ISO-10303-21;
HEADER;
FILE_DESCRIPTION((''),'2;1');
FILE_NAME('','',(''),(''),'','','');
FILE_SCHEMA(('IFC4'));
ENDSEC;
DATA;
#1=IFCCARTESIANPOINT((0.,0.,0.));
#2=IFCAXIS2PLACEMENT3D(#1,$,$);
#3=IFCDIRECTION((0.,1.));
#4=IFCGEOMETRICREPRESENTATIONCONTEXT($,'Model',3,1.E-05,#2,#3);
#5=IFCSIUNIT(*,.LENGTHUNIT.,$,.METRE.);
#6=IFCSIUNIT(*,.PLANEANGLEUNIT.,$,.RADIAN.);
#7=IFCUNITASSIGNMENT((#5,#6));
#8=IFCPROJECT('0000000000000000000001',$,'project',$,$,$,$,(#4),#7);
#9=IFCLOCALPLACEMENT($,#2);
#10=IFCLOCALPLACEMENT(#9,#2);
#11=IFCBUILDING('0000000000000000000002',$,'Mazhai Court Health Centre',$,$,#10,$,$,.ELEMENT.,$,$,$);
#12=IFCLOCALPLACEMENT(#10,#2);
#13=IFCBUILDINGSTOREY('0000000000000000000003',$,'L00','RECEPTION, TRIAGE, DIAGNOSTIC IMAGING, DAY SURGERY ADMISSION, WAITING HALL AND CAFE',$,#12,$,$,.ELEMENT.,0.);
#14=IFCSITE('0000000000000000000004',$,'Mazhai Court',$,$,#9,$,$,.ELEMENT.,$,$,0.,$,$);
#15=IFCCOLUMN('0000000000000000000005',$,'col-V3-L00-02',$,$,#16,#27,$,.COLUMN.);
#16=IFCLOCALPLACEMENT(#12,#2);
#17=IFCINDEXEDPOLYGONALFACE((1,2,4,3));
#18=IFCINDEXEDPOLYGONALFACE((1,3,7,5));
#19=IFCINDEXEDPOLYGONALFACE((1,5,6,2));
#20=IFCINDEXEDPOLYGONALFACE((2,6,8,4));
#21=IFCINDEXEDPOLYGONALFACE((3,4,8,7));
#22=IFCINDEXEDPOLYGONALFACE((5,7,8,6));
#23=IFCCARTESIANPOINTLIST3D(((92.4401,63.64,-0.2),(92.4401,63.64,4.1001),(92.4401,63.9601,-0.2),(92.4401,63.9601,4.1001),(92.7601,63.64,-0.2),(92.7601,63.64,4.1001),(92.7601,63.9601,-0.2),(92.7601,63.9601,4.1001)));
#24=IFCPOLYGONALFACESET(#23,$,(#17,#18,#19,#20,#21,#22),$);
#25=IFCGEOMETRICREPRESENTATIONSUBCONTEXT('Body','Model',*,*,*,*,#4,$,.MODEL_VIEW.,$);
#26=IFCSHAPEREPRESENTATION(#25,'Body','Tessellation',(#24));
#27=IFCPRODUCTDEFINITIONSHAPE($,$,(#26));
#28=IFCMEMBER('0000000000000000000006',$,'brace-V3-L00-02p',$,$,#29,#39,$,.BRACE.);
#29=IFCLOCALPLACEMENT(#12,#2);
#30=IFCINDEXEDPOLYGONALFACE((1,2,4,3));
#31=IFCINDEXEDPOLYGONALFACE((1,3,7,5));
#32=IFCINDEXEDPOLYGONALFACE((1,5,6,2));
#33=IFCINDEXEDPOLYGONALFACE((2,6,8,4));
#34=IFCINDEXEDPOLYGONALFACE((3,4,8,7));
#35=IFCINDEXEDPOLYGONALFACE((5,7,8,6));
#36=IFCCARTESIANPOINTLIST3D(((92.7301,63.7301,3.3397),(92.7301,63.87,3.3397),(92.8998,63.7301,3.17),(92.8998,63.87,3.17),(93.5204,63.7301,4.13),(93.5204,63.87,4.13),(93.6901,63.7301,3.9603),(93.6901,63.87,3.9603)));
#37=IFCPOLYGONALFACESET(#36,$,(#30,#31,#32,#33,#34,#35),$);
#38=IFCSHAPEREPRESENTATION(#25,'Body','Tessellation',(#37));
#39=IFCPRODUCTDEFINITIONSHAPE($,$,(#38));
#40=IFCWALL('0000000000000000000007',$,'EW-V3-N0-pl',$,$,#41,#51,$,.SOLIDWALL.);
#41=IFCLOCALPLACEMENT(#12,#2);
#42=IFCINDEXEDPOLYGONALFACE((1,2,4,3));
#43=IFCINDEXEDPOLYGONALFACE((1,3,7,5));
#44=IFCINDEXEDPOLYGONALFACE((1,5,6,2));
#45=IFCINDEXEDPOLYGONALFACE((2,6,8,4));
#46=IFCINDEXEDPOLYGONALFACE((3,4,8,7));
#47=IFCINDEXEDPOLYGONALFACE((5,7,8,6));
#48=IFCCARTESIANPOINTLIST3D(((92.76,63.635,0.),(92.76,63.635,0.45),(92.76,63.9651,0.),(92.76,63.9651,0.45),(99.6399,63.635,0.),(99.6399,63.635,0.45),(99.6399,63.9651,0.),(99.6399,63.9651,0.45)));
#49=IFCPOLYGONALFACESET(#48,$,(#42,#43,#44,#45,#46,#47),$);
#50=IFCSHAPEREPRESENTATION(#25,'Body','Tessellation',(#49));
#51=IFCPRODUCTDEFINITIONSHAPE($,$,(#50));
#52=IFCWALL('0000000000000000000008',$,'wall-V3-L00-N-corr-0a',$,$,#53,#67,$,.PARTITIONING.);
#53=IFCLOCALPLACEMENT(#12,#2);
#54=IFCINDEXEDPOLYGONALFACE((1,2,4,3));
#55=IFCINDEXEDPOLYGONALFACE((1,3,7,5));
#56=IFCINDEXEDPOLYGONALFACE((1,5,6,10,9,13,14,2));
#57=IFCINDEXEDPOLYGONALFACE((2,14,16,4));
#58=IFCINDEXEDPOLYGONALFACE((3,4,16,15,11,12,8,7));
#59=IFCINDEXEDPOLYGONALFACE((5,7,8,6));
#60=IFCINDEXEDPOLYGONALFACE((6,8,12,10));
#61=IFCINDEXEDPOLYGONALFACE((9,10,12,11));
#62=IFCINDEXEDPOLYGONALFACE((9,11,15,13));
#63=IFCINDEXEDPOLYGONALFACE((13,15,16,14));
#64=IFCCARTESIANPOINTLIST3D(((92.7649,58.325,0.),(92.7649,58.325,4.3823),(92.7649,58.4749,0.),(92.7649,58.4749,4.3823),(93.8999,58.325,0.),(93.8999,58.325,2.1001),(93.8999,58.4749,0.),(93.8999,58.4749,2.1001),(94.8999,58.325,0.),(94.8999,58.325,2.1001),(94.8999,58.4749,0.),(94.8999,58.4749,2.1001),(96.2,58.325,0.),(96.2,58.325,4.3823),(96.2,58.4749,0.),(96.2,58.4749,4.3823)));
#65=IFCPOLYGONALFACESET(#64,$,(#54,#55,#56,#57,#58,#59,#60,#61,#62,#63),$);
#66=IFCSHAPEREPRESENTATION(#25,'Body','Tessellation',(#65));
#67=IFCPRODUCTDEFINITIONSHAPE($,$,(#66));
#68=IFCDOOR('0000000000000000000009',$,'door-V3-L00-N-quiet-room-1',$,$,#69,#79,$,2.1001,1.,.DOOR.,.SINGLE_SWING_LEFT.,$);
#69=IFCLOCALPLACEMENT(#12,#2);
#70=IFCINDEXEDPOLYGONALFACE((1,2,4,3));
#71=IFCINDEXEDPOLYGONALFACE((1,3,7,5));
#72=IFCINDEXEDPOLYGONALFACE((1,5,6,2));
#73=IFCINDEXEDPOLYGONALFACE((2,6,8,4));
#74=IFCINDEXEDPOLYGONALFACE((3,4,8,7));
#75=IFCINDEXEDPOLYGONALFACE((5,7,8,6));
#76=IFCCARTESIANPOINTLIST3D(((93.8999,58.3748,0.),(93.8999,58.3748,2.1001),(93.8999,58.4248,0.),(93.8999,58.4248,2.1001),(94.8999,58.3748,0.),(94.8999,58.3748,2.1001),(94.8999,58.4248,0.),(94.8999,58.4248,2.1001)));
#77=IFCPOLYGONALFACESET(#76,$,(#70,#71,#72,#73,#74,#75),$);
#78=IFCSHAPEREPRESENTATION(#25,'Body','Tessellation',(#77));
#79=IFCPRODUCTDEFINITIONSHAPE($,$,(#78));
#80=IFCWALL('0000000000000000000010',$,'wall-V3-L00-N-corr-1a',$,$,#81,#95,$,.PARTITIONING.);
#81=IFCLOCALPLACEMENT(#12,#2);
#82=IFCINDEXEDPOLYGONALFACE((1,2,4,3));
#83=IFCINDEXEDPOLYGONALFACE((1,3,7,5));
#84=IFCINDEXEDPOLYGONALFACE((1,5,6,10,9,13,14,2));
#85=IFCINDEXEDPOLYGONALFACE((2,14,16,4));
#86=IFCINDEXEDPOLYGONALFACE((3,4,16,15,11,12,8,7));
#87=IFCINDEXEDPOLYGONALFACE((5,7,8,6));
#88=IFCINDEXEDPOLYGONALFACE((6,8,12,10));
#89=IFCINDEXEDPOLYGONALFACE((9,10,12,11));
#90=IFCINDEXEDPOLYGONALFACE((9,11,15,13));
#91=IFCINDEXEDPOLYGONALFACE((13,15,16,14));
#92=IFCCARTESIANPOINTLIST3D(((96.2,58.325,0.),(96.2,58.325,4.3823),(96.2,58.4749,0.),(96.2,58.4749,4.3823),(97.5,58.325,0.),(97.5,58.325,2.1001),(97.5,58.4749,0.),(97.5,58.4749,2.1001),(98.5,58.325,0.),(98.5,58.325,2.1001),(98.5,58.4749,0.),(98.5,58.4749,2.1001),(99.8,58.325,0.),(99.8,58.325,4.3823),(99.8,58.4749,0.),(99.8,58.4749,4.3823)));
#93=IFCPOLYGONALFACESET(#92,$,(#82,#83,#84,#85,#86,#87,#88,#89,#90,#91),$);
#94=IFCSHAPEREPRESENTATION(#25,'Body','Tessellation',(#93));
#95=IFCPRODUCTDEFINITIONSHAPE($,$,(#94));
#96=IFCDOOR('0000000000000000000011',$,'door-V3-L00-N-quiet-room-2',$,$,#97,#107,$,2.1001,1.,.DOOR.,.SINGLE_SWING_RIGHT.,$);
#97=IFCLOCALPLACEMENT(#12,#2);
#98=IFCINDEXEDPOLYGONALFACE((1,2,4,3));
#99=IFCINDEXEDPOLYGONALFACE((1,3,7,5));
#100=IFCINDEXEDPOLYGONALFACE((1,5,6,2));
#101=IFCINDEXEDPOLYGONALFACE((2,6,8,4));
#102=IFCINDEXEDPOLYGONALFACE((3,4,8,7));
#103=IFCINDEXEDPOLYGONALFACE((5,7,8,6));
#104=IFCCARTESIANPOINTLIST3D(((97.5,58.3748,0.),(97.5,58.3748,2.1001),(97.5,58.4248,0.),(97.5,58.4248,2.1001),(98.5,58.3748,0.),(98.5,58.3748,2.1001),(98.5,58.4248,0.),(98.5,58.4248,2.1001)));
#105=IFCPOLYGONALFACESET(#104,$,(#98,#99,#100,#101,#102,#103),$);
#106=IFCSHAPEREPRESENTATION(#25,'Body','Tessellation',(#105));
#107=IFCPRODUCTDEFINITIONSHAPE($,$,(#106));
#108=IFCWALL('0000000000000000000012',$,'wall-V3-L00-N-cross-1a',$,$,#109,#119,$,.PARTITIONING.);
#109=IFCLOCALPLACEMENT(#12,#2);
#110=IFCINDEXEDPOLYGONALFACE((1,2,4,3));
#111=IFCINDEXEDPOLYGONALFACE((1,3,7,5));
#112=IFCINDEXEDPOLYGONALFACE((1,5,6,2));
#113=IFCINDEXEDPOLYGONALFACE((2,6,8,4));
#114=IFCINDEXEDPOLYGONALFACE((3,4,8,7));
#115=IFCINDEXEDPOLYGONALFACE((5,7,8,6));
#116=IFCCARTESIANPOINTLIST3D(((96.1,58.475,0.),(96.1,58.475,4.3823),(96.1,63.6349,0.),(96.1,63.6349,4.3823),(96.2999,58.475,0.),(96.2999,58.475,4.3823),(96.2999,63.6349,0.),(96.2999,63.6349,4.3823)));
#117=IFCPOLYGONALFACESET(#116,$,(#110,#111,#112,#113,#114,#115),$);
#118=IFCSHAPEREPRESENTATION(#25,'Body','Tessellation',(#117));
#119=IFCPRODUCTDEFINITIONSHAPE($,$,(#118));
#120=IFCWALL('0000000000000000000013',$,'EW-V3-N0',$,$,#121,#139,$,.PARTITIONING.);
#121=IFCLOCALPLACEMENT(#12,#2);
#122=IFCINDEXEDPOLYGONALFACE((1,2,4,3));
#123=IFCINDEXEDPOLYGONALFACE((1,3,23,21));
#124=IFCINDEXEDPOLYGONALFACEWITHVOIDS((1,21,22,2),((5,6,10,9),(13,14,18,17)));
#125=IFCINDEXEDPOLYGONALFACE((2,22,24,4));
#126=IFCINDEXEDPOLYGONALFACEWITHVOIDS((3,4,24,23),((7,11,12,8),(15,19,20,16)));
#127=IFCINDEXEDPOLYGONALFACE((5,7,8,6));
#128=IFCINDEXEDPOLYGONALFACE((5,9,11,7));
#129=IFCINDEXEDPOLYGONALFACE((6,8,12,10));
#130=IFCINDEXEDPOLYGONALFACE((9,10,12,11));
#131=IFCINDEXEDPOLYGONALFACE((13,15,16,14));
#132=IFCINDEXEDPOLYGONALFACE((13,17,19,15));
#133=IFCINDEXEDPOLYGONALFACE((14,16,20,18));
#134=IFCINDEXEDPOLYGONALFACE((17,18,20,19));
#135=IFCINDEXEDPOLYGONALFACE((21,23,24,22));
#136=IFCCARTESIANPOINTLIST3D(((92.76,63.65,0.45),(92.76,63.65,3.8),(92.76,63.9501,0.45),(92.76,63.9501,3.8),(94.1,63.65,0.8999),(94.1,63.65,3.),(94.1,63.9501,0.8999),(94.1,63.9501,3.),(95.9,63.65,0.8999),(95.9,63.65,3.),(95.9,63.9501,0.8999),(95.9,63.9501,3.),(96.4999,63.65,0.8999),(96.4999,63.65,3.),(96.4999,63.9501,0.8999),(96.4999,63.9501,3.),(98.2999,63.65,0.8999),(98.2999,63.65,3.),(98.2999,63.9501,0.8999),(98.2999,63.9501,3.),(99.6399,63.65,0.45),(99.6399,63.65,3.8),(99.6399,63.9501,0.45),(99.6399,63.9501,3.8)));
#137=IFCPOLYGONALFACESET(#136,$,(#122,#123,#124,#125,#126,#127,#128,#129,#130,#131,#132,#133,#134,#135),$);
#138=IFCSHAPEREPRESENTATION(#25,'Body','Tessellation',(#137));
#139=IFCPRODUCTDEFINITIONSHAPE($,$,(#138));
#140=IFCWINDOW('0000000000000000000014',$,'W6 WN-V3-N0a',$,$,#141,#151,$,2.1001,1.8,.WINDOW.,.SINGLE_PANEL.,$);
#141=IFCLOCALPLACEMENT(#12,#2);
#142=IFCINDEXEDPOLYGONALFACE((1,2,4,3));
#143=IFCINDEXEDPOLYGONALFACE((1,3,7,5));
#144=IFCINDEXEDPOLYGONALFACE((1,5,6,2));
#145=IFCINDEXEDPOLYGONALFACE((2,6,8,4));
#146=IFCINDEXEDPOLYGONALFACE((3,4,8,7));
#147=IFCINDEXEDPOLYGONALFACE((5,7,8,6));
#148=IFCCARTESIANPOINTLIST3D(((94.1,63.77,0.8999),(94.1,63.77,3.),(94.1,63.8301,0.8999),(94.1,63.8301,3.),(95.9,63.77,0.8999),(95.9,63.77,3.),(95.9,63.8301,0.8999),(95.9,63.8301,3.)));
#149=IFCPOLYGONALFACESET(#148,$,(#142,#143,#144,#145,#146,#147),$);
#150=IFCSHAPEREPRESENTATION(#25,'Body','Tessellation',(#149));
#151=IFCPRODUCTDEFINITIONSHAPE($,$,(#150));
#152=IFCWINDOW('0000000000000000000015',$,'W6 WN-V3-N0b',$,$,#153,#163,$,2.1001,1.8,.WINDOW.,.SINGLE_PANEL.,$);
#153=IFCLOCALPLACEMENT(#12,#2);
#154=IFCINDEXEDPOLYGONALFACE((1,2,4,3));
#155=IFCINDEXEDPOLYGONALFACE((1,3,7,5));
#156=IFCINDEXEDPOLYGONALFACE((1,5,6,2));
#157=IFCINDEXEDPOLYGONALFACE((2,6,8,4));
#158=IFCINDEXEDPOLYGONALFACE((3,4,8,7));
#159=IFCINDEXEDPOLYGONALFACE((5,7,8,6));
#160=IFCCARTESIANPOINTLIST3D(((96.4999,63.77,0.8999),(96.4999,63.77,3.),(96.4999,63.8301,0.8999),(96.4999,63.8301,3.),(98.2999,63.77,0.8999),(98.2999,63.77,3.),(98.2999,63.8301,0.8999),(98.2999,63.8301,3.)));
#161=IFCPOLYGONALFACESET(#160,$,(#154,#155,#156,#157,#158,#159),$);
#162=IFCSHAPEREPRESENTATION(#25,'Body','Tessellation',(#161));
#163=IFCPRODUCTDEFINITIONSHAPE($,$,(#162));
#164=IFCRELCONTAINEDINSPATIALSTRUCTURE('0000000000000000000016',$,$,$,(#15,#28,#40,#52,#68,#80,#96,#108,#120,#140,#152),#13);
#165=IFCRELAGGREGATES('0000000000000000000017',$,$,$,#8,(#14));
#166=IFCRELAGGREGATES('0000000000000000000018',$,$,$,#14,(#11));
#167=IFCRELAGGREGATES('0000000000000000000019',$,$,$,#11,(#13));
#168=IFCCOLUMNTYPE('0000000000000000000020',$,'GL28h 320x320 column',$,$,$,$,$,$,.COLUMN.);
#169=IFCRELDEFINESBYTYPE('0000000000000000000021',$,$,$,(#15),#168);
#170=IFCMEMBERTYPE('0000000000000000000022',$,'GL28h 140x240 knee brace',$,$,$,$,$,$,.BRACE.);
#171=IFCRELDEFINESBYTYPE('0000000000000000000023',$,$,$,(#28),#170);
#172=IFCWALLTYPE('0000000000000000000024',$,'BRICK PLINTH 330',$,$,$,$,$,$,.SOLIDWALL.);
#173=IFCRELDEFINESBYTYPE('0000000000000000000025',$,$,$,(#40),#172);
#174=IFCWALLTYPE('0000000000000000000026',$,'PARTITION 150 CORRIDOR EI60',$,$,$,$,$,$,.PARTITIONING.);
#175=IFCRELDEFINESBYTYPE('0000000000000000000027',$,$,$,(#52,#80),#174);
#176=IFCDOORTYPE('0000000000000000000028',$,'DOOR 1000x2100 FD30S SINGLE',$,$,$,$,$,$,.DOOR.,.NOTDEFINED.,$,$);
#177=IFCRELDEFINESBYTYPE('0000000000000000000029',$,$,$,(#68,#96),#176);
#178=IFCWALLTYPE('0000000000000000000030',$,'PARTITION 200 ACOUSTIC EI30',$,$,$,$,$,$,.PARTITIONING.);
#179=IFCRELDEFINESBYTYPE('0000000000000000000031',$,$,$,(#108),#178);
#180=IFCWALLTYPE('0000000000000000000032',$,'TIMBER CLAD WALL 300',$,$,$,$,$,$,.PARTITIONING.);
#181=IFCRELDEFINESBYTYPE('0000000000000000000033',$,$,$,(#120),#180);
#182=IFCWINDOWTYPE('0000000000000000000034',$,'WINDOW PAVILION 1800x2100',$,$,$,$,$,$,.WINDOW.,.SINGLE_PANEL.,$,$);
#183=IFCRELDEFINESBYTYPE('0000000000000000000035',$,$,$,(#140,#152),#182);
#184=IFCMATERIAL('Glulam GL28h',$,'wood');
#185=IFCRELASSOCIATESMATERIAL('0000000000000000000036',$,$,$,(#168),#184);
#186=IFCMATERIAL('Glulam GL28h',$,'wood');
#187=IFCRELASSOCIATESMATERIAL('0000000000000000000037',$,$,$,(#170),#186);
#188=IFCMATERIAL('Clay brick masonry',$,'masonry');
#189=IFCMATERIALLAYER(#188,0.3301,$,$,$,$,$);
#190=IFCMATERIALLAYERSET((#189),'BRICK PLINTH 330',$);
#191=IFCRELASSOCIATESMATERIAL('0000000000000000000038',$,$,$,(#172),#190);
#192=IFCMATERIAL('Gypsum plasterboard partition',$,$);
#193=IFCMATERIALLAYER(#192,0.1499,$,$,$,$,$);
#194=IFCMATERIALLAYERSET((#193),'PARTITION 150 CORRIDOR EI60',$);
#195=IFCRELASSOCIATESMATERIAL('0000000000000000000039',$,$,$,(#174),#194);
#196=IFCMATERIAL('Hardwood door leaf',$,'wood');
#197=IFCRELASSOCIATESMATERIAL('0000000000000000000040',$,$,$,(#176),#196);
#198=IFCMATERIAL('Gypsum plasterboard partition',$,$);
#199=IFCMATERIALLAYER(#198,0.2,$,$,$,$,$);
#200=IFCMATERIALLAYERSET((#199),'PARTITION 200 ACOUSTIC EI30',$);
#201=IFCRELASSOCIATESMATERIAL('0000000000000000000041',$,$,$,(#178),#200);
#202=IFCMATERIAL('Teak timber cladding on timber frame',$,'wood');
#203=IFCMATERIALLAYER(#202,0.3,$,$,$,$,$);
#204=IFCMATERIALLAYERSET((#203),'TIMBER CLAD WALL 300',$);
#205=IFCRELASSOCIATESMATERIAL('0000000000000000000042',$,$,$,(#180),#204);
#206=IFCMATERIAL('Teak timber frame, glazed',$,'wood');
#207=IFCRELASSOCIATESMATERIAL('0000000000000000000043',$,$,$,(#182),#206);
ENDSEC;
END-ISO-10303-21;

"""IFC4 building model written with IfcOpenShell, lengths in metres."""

from ifc_helpers import new_model, si_unit, direction, frame, frame_2d, origin, origin_2d, place, context, subcontext, project, spatial, rectangle, extrude, material, layer, layer_set, material_profile, profile_set, type_object, element, fill, save


model = new_model("IFC4")

# Units and contexts
model_context = context("Model", 3, precision=1e-05, world=origin(), true_north=direction((0.0, 1.0)))
body_context = subcontext(model_context, "Body", "Model", "MODEL_VIEW")
ifc_project = project(units=[si_unit("LENGTHUNIT", "METRE"), si_unit("PLANEANGLEUNIT", "RADIAN")], contexts=[model_context])

# Site, building, storey
site_placement = place(None, origin())
site = spatial("IfcSite", under=ifc_project, at=site_placement, Name="Mazhai Court", CompositionType="ELEMENT", RefElevation=0.0)
building_placement = place(site_placement, origin())
building = spatial("IfcBuilding", under=site, at=building_placement, Name="Mazhai Court Health Centre", CompositionType="ELEMENT")
storey_placement = place(building_placement, origin())
storey = spatial("IfcBuildingStorey", under=building, at=storey_placement, Name="L00", Description="RECEPTION, TRIAGE, DIAGNOSTIC IMAGING, DAY SURGERY ADMISSION, WAITING HALL AND CAFE", CompositionType="ELEMENT", Elevation=0.0)

# Column
ifc_material_1 = material(Name="Glulam GL28h", Category="wood")
ifc_material_profile_1 = material_profile(ifc_material_1, rectangle(XDim=0.3201, YDim=0.3201, at=origin_2d()), Name="GL28h 320x320")
ifc_profile_set_1 = profile_set([ifc_material_profile_1], Name="Glulam GL28h")
column_type = type_object("IfcColumnType", Name="GL28h 320x320 column", PredefinedType="COLUMN", material=ifc_profile_set_1)
column_placement = place(storey_placement, frame((92.6001, 63.8, -0.2), z_axis=(0.0, 0.0, 1.0), x_axis=(1.0, 0.0, 0.0)))
element("IfcColumn", 1, at=column_placement, inside=storey, type_object=column_type, Name="col-V3-L00-02", PredefinedType="COLUMN", context=body_context, shape_type="SweptSolid", body=[
    extrude(rectangle(XDim=0.3201, YDim=0.3201, at=origin_2d()), origin(), (0.0, 0.0, 1.0), 4.3),
])

# Member
ifc_material_2 = material(Name="Glulam GL28h", Category="wood")
ifc_material_profile_2 = material_profile(ifc_material_2, rectangle(XDim=0.1399, YDim=0.24, at=origin_2d()), Name="GL28h 140x240")
ifc_profile_set_2 = profile_set([ifc_material_profile_2], Name="Glulam GL28h")
member_type = type_object("IfcMemberType", Name="GL28h 140x240 knee brace", PredefinedType="BRACE", material=ifc_profile_set_2)
member_placement = place(storey_placement, frame((92.8149, 63.8, 3.2549), z_axis=(0.707107, 0.0, 0.707107), x_axis=(0.0, 1.0, 0.0)))
element("IfcMember", 2, at=member_placement, inside=storey, type_object=member_type, Name="brace-V3-L00-02p", PredefinedType="BRACE", context=body_context, shape_type="SweptSolid", body=[
    extrude(rectangle(XDim=0.1399, YDim=0.24, at=origin_2d()), origin(), (0.0, 0.0, 1.0), 1.1177),
])

# Wall
ifc_material_3 = material(Name="Clay brick masonry", Category="masonry")
ifc_layer_1 = layer(ifc_material_3, 0.3301)
ifc_layer_set_1 = layer_set([ifc_layer_1], Name="BRICK PLINTH 330")
wall_type_1 = type_object("IfcWallType", Name="BRICK PLINTH 330", PredefinedType="SOLIDWALL", material=ifc_layer_set_1)
wall_1_placement = place(storey_placement, frame((92.76, 63.8, 0.0), z_axis=(0.0, 0.0, 1.0), x_axis=(1.0, 0.0, 0.0)))
element("IfcWall", 3, at=wall_1_placement, inside=storey, type_object=wall_type_1, Name="EW-V3-N0-pl", PredefinedType="SOLIDWALL", context=body_context, shape_type="SweptSolid", body=[
    extrude(rectangle(XDim=6.8799, YDim=0.3301, at=frame_2d((3.4399, 0.0))), origin(), (0.0, 0.0, 1.0), 0.45),
])

# Walls, openings, doors
ifc_material_4 = material(Name="Gypsum plasterboard partition")
ifc_layer_2 = layer(ifc_material_4, 0.1499)
ifc_layer_set_2 = layer_set([ifc_layer_2], Name="PARTITION 150 CORRIDOR EI60")
wall_type_2 = type_object("IfcWallType", Name="PARTITION 150 CORRIDOR EI60", PredefinedType="PARTITIONING", material=ifc_layer_set_2)
wall_2_placement = place(storey_placement, frame((92.7649, 58.3999, 0.0), z_axis=(0.0, 0.0, 1.0), x_axis=(1.0, 0.0, 0.0)))
wall_2 = element("IfcWall", 4, at=wall_2_placement, inside=storey, type_object=wall_type_2, Name="wall-V3-L00-N-corr-0a", PredefinedType="PARTITIONING", context=body_context, shape_type="SweptSolid", body=[
    extrude(rectangle(XDim=3.4351, YDim=0.1499, at=frame_2d((1.7175, 0.0))), origin(), (0.0, 0.0, 1.0), 4.3823),
])
opening_1_placement = place(wall_2_placement, frame((1.135, 0.0, 0.0)))
opening_1 = element("IfcOpeningElement", 5, at=opening_1_placement, cuts=wall_2, PredefinedType="OPENING", context=body_context, shape_type="SweptSolid", body=[
    extrude(rectangle(XDim=1.0, YDim=2.1001, at=frame_2d((0.5, 1.05))), frame((0.0, 0.085, 0.0), z_axis=(0.0, -1.0, 0.0), x_axis=(1.0, 0.0, 0.0)), (0.0, 0.0, 1.0), 0.1699),
])
ifc_material_5 = material(Name="Hardwood door leaf", Category="wood")
door_type = type_object("IfcDoorType", Name="DOOR 1000x2100 FD30S SINGLE", OperationType="NOTDEFINED", PredefinedType="DOOR", material=ifc_material_5)
door_1_placement = place(opening_1_placement, origin())
door_1 = element("IfcDoor", 6, at=door_1_placement, inside=storey, type_object=door_type, Name="door-V3-L00-N-quiet-room-1", OperationType="SINGLE_SWING_LEFT", OverallHeight=2.1001, OverallWidth=1.0, PredefinedType="DOOR", context=body_context, shape_type="SweptSolid", body=[
    extrude(rectangle(XDim=1.0, YDim=2.1001, at=frame_2d((0.5, 1.05))), frame((0.0, 0.0249, 0.0), z_axis=(0.0, -1.0, 0.0), x_axis=(1.0, 0.0, 0.0)), (0.0, 0.0, 1.0), 0.05),
])
fill(opening_1, door_1)
wall_3_placement = place(storey_placement, frame((96.2, 58.3999, 0.0), z_axis=(0.0, 0.0, 1.0), x_axis=(1.0, 0.0, 0.0)))
wall_3 = element("IfcWall", 7, at=wall_3_placement, inside=storey, type_object=wall_type_2, Name="wall-V3-L00-N-corr-1a", PredefinedType="PARTITIONING", context=body_context, shape_type="SweptSolid", body=[
    extrude(rectangle(XDim=3.6001, YDim=0.1499, at=frame_2d((1.8, 0.0))), origin(), (0.0, 0.0, 1.0), 4.3823),
])
opening_2_placement = place(wall_3_placement, frame((1.3, 0.0, 0.0)))
opening_2 = element("IfcOpeningElement", 8, at=opening_2_placement, cuts=wall_3, PredefinedType="OPENING", context=body_context, shape_type="SweptSolid", body=[
    extrude(rectangle(XDim=1.0, YDim=2.1001, at=frame_2d((0.5, 1.05))), frame((0.0, 0.085, 0.0), z_axis=(0.0, -1.0, 0.0), x_axis=(1.0, 0.0, 0.0)), (0.0, 0.0, 1.0), 0.1699),
])
door_2_placement = place(opening_2_placement, origin())
door_2 = element("IfcDoor", 9, at=door_2_placement, inside=storey, type_object=door_type, Name="door-V3-L00-N-quiet-room-2", OperationType="SINGLE_SWING_RIGHT", OverallHeight=2.1001, OverallWidth=1.0, PredefinedType="DOOR", context=body_context, shape_type="SweptSolid", body=[
    extrude(rectangle(XDim=1.0, YDim=2.1001, at=frame_2d((0.5, 1.05))), frame((0.0, 0.0249, 0.0), z_axis=(0.0, -1.0, 0.0), x_axis=(1.0, 0.0, 0.0)), (0.0, 0.0, 1.0), 0.05),
])
fill(opening_2, door_2)

# Wall
ifc_material_6 = material(Name="Gypsum plasterboard partition")
ifc_layer_3 = layer(ifc_material_6, 0.2)
ifc_layer_set_3 = layer_set([ifc_layer_3], Name="PARTITION 200 ACOUSTIC EI30")
wall_type_3 = type_object("IfcWallType", Name="PARTITION 200 ACOUSTIC EI30", PredefinedType="PARTITIONING", material=ifc_layer_set_3)
wall_4_placement = place(storey_placement, frame((96.2, 63.635, 0.0), z_axis=(0.0, 0.0, 1.0), x_axis=(0.0, -1.0, 0.0)))
element("IfcWall", 10, at=wall_4_placement, inside=storey, type_object=wall_type_3, Name="wall-V3-L00-N-cross-1a", PredefinedType="PARTITIONING", context=body_context, shape_type="SweptSolid", body=[
    extrude(rectangle(XDim=5.1599, YDim=0.2, at=frame_2d((2.5801, 0.0))), origin(), (0.0, 0.0, 1.0), 4.3823),
])

# Wall, openings, windows
ifc_material_7 = material(Name="Teak timber cladding on timber frame", Category="wood")
ifc_layer_4 = layer(ifc_material_7, 0.3)
ifc_layer_set_4 = layer_set([ifc_layer_4], Name="TIMBER CLAD WALL 300")
wall_type_4 = type_object("IfcWallType", Name="TIMBER CLAD WALL 300", PredefinedType="PARTITIONING", material=ifc_layer_set_4)
wall_5_placement = place(storey_placement, frame((92.76, 63.8, 0.45), z_axis=(0.0, 0.0, 1.0), x_axis=(1.0, 0.0, 0.0)))
wall_5 = element("IfcWall", 11, at=wall_5_placement, inside=storey, type_object=wall_type_4, Name="EW-V3-N0", PredefinedType="PARTITIONING", context=body_context, shape_type="SweptSolid", body=[
    extrude(rectangle(XDim=6.8799, YDim=0.3, at=frame_2d((3.4399, 0.0))), origin(), (0.0, 0.0, 1.0), 3.3501),
])
opening_3_placement = place(wall_5_placement, frame((1.3401, 0.0, 0.45)))
opening_3 = element("IfcOpeningElement", 12, at=opening_3_placement, cuts=wall_5, PredefinedType="OPENING", context=body_context, shape_type="SweptSolid", body=[
    extrude(rectangle(XDim=1.8, YDim=2.1001, at=frame_2d((0.8999, 1.05))), frame((0.0, 0.1599, 0.0), z_axis=(0.0, -1.0, 0.0), x_axis=(1.0, 0.0, 0.0)), (0.0, 0.0, 1.0), 0.3201),
])
opening_4_placement = place(wall_5_placement, frame((3.74, 0.0, 0.45)))
opening_4 = element("IfcOpeningElement", 13, at=opening_4_placement, cuts=wall_5, PredefinedType="OPENING", context=body_context, shape_type="SweptSolid", body=[
    extrude(rectangle(XDim=1.8, YDim=2.1001, at=frame_2d((0.8999, 1.05))), frame((0.0, 0.1599, 0.0), z_axis=(0.0, -1.0, 0.0), x_axis=(1.0, 0.0, 0.0)), (0.0, 0.0, 1.0), 0.3201),
])
ifc_material_8 = material(Name="Teak timber frame, glazed", Category="wood")
window_type = type_object("IfcWindowType", Name="WINDOW PAVILION 1800x2100", PartitioningType="SINGLE_PANEL", PredefinedType="WINDOW", material=ifc_material_8)
window_1_placement = place(opening_3_placement, origin())
window_1 = element("IfcWindow", 14, at=window_1_placement, inside=storey, type_object=window_type, Name="W6 WN-V3-N0a", OverallHeight=2.1001, OverallWidth=1.8, PartitioningType="SINGLE_PANEL", PredefinedType="WINDOW", context=body_context, shape_type="SweptSolid", body=[
    extrude(rectangle(XDim=1.8, YDim=2.1001, at=frame_2d((0.8999, 1.05))), frame((0.0, 0.03, 0.0), z_axis=(0.0, -1.0, 0.0), x_axis=(1.0, 0.0, 0.0)), (0.0, 0.0, 1.0), 0.0601),
])
fill(opening_3, window_1)
window_2_placement = place(opening_4_placement, origin())
window_2 = element("IfcWindow", 15, at=window_2_placement, inside=storey, type_object=window_type, Name="W6 WN-V3-N0b", OverallHeight=2.1001, OverallWidth=1.8, PartitioningType="SINGLE_PANEL", PredefinedType="WINDOW", context=body_context, shape_type="SweptSolid", body=[
    extrude(rectangle(XDim=1.8, YDim=2.1001, at=frame_2d((0.8999, 1.05))), frame((0.0, 0.03, 0.0), z_axis=(0.0, -1.0, 0.0), x_axis=(1.0, 0.0, 0.0)), (0.0, 0.0, 1.0), 0.0601),
])
fill(opening_4, window_2)

save(model, "model.ifc")
